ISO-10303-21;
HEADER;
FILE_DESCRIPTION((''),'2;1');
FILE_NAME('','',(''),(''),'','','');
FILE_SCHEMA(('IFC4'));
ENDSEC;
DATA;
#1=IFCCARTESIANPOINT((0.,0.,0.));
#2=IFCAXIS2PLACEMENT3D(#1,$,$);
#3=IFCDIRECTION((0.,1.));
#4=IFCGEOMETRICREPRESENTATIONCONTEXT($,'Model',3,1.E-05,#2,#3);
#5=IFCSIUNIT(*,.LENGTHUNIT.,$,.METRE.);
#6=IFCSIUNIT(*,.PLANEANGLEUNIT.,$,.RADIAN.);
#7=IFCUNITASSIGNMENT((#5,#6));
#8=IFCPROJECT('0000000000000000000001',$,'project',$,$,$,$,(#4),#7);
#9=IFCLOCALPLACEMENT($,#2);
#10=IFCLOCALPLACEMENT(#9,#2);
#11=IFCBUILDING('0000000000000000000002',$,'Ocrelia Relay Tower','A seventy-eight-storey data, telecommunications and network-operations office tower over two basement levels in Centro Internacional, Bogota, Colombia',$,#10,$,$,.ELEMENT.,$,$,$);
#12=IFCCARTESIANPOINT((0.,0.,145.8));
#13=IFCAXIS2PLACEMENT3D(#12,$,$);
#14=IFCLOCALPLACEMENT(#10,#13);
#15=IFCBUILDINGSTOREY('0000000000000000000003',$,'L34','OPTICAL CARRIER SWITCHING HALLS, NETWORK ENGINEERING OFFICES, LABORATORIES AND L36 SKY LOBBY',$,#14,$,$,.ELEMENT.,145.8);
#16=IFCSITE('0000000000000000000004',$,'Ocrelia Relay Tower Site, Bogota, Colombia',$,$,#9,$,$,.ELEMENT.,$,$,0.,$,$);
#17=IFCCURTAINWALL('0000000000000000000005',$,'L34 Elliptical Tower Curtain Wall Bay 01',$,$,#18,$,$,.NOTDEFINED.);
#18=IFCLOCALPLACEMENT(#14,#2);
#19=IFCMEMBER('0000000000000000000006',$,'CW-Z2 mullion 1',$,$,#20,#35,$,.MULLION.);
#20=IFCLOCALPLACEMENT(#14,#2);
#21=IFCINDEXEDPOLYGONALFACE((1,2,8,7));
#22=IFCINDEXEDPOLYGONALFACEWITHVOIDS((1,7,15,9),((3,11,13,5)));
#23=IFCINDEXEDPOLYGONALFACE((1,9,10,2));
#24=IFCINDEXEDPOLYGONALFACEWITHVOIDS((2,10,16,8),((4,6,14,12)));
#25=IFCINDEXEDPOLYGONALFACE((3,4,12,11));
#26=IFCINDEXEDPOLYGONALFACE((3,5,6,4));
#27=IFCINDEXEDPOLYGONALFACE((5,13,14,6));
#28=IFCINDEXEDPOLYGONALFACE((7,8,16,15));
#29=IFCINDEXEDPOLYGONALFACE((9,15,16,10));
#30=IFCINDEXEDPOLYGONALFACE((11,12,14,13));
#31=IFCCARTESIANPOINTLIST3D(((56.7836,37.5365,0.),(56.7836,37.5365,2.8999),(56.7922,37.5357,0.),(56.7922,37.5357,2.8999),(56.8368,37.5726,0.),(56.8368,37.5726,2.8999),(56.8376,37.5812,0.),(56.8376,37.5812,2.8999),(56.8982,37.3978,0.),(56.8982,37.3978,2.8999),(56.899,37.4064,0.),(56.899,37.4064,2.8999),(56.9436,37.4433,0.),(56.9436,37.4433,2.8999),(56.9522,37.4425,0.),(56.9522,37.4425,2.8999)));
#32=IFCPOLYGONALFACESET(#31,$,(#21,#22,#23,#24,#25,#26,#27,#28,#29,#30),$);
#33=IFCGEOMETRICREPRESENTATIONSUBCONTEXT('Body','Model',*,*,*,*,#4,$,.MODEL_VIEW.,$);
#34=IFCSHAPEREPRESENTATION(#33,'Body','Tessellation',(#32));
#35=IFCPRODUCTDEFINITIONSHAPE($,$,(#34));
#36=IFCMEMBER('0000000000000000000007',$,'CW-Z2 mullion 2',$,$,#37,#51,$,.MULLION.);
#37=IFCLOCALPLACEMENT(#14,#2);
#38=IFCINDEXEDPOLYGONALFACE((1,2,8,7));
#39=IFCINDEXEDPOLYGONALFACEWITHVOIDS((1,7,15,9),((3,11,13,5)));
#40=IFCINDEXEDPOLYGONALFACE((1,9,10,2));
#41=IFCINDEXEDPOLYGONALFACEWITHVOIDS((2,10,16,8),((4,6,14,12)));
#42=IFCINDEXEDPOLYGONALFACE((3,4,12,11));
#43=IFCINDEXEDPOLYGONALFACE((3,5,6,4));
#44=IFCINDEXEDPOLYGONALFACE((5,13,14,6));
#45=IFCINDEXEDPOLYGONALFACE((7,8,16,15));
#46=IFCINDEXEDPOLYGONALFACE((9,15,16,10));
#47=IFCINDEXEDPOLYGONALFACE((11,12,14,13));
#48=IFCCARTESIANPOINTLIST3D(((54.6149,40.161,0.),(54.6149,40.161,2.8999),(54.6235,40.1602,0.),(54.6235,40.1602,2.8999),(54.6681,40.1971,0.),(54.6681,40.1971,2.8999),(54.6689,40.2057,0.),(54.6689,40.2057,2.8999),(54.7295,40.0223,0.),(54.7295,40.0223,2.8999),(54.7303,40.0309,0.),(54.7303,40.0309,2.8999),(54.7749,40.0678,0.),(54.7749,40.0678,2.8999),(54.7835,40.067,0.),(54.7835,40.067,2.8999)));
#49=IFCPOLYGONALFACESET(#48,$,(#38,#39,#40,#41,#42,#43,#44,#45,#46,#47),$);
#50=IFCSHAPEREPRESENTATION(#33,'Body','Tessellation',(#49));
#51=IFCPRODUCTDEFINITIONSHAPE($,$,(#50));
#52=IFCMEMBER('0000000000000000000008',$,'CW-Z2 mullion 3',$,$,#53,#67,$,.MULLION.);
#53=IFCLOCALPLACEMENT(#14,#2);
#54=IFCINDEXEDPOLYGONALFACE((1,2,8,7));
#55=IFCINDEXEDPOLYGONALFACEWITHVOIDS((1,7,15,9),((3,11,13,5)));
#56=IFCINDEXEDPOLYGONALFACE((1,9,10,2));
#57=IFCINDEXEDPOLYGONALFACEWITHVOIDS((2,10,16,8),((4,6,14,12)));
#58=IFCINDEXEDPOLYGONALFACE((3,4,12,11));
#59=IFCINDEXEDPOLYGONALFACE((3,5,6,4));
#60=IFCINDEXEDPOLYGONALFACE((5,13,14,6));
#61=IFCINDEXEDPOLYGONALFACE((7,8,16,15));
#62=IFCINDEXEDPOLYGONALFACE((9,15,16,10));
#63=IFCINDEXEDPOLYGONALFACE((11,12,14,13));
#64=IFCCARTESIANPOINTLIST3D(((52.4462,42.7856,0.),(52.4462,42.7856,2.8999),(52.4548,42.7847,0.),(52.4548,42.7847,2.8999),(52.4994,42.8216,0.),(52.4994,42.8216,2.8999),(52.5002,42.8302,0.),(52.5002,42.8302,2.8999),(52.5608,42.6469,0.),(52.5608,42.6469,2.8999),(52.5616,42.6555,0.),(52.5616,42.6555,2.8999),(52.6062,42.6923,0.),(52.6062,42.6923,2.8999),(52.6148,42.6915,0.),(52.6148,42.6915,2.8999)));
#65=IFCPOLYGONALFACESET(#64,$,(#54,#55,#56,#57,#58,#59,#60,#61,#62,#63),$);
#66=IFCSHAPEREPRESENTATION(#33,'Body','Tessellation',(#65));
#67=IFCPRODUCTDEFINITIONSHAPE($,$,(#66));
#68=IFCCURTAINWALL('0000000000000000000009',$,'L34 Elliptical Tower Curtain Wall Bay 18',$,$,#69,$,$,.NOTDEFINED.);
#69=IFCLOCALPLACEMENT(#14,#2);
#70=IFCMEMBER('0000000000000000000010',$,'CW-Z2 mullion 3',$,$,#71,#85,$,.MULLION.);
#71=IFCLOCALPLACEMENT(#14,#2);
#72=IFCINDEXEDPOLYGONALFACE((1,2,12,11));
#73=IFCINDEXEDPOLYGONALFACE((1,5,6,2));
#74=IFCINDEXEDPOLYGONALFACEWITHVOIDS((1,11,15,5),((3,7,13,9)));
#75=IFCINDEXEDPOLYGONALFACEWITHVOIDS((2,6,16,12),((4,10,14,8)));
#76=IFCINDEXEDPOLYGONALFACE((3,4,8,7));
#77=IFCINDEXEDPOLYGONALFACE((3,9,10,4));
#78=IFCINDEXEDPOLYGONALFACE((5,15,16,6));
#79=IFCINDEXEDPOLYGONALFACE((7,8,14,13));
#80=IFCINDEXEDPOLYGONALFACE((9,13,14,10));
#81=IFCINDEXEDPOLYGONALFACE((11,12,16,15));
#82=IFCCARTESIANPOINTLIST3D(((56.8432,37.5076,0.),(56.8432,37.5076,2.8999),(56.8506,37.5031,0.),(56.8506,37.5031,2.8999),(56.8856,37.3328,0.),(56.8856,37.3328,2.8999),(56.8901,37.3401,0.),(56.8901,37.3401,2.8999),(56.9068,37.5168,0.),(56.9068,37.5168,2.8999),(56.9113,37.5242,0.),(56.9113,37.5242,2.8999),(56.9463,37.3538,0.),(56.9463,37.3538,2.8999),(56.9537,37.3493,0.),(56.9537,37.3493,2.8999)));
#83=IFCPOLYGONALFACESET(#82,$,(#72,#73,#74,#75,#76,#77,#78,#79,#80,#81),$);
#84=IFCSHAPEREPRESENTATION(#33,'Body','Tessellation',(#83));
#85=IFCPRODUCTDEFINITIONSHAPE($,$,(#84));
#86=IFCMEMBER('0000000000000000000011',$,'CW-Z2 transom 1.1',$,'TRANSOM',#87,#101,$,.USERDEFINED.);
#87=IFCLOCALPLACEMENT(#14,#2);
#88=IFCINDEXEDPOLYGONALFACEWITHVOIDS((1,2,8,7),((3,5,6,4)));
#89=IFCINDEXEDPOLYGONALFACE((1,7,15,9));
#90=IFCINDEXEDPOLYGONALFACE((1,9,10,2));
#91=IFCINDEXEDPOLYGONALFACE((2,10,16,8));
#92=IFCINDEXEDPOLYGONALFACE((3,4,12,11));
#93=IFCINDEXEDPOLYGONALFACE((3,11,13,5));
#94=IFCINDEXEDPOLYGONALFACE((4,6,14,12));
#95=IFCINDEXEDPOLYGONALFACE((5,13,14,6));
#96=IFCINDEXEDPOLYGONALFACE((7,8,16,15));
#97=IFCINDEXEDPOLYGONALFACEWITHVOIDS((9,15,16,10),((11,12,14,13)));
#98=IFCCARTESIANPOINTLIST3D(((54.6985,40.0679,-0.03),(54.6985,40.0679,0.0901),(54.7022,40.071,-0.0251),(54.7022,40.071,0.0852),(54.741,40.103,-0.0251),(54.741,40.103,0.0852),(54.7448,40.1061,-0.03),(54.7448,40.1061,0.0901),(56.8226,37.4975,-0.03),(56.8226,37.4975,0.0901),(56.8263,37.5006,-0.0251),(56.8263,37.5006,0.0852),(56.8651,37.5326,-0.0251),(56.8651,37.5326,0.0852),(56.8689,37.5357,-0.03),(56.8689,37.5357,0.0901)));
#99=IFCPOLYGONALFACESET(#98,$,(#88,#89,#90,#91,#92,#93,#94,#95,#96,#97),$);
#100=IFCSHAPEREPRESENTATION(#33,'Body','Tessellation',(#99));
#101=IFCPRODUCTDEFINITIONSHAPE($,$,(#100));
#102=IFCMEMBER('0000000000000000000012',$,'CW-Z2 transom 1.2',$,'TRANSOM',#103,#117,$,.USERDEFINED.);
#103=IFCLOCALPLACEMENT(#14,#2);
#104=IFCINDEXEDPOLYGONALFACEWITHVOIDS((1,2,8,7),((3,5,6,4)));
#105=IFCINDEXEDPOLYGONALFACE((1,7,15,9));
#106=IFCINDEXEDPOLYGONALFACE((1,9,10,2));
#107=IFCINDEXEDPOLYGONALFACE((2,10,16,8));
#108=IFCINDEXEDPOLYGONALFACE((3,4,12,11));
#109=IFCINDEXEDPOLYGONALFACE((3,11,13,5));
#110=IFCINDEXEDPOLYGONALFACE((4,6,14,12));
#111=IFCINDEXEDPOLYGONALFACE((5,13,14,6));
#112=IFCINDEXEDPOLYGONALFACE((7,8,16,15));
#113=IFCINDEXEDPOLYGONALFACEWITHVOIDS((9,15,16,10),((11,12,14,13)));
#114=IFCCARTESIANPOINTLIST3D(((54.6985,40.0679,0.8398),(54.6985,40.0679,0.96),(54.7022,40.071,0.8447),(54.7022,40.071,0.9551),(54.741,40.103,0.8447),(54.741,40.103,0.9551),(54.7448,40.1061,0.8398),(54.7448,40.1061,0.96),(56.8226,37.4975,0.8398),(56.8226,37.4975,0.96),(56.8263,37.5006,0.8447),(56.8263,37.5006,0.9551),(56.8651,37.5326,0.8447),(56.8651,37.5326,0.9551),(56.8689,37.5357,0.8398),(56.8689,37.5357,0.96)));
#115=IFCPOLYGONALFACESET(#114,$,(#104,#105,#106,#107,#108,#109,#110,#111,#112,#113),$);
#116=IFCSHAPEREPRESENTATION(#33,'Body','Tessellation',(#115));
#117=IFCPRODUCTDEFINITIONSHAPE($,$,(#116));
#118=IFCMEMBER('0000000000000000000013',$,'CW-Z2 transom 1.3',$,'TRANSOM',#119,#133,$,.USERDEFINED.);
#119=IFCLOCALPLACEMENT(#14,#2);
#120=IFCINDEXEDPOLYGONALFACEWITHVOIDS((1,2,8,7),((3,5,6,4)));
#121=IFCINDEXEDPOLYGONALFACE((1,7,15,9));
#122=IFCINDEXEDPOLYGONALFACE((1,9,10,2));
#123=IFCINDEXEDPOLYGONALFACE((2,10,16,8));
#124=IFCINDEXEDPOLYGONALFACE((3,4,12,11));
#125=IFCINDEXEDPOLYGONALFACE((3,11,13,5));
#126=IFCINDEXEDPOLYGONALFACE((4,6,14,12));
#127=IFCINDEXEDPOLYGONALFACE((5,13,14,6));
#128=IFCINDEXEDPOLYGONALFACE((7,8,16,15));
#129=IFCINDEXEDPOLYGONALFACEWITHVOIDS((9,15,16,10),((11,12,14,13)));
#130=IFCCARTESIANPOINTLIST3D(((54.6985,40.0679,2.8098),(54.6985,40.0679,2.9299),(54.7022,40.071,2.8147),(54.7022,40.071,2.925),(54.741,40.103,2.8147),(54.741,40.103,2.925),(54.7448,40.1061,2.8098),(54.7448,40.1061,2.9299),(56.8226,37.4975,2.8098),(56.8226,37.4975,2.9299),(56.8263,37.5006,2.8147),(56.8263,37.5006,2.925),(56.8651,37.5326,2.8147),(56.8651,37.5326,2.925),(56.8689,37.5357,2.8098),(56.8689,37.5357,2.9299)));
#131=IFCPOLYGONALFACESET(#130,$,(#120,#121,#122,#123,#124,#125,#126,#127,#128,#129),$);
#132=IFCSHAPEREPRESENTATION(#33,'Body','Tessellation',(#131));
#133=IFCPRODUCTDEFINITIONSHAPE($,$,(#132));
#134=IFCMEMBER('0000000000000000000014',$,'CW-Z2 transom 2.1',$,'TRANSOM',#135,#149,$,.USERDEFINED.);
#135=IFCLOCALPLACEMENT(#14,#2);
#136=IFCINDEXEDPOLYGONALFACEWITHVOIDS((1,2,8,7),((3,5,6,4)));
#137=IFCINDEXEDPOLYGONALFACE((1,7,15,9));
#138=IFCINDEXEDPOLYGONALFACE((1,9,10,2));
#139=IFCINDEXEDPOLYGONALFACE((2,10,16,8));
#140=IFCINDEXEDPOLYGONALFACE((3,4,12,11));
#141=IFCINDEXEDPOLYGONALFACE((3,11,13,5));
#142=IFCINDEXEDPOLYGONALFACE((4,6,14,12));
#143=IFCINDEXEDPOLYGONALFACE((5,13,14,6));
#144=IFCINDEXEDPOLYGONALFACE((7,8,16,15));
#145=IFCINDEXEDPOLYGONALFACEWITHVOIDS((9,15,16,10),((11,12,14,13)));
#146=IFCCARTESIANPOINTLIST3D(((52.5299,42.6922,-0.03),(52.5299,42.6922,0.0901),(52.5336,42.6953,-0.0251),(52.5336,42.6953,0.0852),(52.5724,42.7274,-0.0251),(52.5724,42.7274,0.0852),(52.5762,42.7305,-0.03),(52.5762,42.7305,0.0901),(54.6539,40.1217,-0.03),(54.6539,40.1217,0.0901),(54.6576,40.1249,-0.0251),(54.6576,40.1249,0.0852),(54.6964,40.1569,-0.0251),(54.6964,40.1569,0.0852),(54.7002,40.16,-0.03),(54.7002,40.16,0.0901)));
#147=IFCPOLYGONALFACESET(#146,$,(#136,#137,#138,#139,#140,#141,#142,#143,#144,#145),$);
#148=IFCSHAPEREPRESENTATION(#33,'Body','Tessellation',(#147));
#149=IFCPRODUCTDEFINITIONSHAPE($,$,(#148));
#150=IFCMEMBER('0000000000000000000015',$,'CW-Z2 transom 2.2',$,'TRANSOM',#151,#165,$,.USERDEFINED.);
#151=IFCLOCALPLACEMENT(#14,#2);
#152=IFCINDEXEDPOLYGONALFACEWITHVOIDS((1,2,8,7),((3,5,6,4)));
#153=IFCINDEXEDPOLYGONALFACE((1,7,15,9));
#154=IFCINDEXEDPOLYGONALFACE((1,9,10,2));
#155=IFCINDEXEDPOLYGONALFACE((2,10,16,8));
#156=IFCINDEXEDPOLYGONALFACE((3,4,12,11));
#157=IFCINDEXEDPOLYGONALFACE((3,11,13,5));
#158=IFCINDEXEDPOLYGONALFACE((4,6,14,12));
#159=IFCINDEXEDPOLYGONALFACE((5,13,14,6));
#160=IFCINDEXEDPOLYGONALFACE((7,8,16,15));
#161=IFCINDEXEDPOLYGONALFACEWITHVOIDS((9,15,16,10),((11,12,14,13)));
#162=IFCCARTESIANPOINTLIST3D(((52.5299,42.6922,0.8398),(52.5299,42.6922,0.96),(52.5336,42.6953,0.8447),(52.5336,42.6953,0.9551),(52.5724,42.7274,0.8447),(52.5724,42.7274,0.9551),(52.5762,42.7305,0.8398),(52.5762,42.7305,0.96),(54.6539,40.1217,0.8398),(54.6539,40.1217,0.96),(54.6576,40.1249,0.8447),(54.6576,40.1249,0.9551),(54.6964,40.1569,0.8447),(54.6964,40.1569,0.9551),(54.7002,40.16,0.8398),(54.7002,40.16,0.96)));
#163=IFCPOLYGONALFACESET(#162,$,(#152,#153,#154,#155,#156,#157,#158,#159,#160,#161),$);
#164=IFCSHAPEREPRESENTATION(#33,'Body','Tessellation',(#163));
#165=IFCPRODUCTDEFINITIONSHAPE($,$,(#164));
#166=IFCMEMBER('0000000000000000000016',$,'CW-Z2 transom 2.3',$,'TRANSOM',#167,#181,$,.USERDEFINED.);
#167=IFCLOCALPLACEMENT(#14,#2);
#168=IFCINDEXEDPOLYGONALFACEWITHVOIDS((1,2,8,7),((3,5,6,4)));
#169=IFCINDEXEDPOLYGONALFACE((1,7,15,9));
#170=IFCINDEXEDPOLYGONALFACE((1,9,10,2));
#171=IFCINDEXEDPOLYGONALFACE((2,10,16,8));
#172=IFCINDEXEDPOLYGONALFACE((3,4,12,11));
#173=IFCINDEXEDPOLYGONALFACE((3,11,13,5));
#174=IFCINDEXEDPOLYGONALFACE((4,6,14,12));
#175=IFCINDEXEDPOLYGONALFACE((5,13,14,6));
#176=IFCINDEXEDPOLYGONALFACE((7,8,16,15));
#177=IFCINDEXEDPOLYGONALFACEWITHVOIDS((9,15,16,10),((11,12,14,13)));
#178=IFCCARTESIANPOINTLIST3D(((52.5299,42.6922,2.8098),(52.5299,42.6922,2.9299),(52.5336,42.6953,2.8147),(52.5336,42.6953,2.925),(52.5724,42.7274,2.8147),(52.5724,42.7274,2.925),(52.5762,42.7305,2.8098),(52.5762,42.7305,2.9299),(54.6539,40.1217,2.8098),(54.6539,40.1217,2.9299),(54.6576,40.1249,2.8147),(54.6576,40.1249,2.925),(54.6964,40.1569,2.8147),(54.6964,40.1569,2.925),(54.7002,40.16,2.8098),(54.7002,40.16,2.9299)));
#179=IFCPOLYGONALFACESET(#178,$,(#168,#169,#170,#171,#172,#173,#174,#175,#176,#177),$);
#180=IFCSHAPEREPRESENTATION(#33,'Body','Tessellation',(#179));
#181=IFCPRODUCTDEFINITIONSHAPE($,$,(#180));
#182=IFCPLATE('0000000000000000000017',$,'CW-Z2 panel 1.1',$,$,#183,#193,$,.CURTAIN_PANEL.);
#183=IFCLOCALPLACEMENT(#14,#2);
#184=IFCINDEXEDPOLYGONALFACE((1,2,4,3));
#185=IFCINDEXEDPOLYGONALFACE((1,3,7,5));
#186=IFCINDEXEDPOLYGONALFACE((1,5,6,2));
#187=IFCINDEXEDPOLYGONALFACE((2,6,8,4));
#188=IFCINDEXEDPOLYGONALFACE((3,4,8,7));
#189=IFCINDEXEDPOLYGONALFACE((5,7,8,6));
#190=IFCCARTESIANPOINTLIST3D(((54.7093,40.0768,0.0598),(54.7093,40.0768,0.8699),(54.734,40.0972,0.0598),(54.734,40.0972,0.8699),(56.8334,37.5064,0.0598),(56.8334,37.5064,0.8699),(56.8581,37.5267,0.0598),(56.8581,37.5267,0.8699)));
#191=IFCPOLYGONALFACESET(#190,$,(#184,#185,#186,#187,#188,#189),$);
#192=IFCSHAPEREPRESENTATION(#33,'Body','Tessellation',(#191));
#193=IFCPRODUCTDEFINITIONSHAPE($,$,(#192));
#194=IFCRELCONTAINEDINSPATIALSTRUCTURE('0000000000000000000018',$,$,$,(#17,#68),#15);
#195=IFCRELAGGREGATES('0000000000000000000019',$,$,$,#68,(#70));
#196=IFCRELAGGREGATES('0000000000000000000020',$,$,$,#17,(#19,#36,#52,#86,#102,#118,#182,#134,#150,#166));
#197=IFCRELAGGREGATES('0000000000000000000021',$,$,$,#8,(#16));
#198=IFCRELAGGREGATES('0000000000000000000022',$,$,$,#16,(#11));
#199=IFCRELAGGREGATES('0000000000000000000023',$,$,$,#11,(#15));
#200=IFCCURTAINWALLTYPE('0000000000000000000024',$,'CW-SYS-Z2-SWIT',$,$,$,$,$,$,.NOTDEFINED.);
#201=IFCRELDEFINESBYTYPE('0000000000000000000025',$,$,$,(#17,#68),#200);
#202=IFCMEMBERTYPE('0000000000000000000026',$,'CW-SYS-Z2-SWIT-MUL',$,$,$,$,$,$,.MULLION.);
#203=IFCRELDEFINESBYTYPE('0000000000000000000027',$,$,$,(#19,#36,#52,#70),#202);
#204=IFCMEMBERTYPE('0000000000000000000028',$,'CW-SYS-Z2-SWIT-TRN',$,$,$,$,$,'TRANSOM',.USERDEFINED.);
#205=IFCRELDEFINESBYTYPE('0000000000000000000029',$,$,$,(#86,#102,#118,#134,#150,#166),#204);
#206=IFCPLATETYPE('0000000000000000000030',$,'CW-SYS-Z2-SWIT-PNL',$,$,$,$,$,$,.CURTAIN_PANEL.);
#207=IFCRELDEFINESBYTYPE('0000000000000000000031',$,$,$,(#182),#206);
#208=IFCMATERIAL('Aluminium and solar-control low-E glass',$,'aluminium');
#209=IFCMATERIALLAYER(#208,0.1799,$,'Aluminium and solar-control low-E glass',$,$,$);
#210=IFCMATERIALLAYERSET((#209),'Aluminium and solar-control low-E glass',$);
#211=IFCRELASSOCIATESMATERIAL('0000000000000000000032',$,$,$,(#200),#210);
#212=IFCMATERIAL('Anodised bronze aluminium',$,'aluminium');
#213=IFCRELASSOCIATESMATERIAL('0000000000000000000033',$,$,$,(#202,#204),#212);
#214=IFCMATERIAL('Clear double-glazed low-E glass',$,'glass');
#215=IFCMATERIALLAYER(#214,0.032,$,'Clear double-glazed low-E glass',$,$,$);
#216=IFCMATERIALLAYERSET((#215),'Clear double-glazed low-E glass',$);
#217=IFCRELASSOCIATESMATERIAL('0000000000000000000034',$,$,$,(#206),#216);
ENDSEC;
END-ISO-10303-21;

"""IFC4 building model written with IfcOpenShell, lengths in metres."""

from ifc_helpers import new_model, si_unit, direction, frame, origin, origin_2d, place, context, subcontext, project, spatial, rectangle, hollow_rectangle, extrude, material, layer, layer_set, material_profile, profile_set, type_object, element, aggregate, save


model = new_model("IFC4")

# Units and contexts
model_context = context("Model", 3, precision=1e-05, world=origin(), true_north=direction((0.0, 1.0)))
body_context = subcontext(model_context, "Body", "Model", "MODEL_VIEW")
ifc_project = project(units=[si_unit("LENGTHUNIT", "METRE"), si_unit("PLANEANGLEUNIT", "RADIAN")], contexts=[model_context])

# Site, building, storey
site_placement = place(None, origin())
site = spatial("IfcSite", under=ifc_project, at=site_placement, Name="Ocrelia Relay Tower Site, Bogota, Colombia", CompositionType="ELEMENT", RefElevation=0.0)
building_placement = place(site_placement, origin())
building = spatial("IfcBuilding", under=site, at=building_placement, Name="Ocrelia Relay Tower", Description="A seventy-eight-storey data, telecommunications and network-operations office tower over two basement levels in Centro Internacional, Bogota, Colombia", CompositionType="ELEMENT")
storey_placement = place(building_placement, frame((0.0, 0.0, 145.8)))
storey = spatial("IfcBuildingStorey", under=building, at=storey_placement, Name="L34", Description="OPTICAL CARRIER SWITCHING HALLS, NETWORK ENGINEERING OFFICES, LABORATORIES AND L36 SKY LOBBY", CompositionType="ELEMENT", Elevation=145.8)

# Curtain wall, members
ifc_material_1 = material(Name="Aluminium and solar-control low-E glass", Category="aluminium")
ifc_layer_1 = layer(ifc_material_1, 0.1799, Name="Aluminium and solar-control low-E glass")
ifc_layer_set_1 = layer_set([ifc_layer_1], Name="Aluminium and solar-control low-E glass")
curtain_wall_type = type_object("IfcCurtainWallType", Name="CW-SYS-Z2-SWIT", PredefinedType="NOTDEFINED", material=ifc_layer_set_1)
curtain_wall_1_placement = place(storey_placement, origin())
curtain_wall_1 = element("IfcCurtainWall", 1, at=curtain_wall_1_placement, inside=storey, type_object=curtain_wall_type, Name="L34 Elliptical Tower Curtain Wall Bay 01", PredefinedType="NOTDEFINED")
ifc_material_2 = material(Name="Anodised bronze aluminium", Category="aluminium")
ifc_material_profile_1 = material_profile(ifc_material_2, hollow_rectangle(XDim=0.0701, YDim=0.1799, WallThickness=0.0061, at=origin_2d()), Name="CW-MUL-180x70")
ifc_profile_set_1 = profile_set([ifc_material_profile_1], Name="Anodised bronze aluminium")
member_type_1 = type_object("IfcMemberType", Name="CW-SYS-Z2-SWIT-MUL", PredefinedType="MULLION", material=ifc_profile_set_1)
member_1_placement = place(storey_placement, frame((56.8679, 37.4895, 0.0), z_axis=(0.0, 0.0, 1.0), x_axis=(-0.77086, -0.637005, 0.0)))
member_1 = element("IfcMember", 2, at=member_1_placement, type_object=member_type_1, Name="CW-Z2 mullion 1", PredefinedType="MULLION", context=body_context, shape_type="SweptSolid", body=[
    extrude(hollow_rectangle(XDim=0.0701, YDim=0.1799, WallThickness=0.0061, at=origin_2d()), origin(), (0.0, 0.0, 1.0), 2.8999),
])
member_2_placement = place(storey_placement, frame((54.6992, 40.114, 0.0), z_axis=(0.0, 0.0, 1.0), x_axis=(-0.77086, -0.637005, 0.0)))
member_2 = element("IfcMember", 3, at=member_2_placement, type_object=member_type_1, Name="CW-Z2 mullion 2", PredefinedType="MULLION", context=body_context, shape_type="SweptSolid", body=[
    extrude(hollow_rectangle(XDim=0.0701, YDim=0.1799, WallThickness=0.0061, at=origin_2d()), origin(), (0.0, 0.0, 1.0), 2.8999),
])
member_3_placement = place(storey_placement, frame((52.5305, 42.7385, 0.0), z_axis=(0.0, 0.0, 1.0), x_axis=(-0.77086, -0.637005, 0.0)))
member_3 = element("IfcMember", 4, at=member_3_placement, type_object=member_type_1, Name="CW-Z2 mullion 3", PredefinedType="MULLION", context=body_context, shape_type="SweptSolid", body=[
    extrude(hollow_rectangle(XDim=0.0701, YDim=0.1799, WallThickness=0.0061, at=origin_2d()), origin(), (0.0, 0.0, 1.0), 2.8999),
])

# Curtain wall, member
curtain_wall_2_placement = place(storey_placement, origin())
curtain_wall_2 = element("IfcCurtainWall", 5, at=curtain_wall_2_placement, inside=storey, type_object=curtain_wall_type, Name="L34 Elliptical Tower Curtain Wall Bay 18", PredefinedType="NOTDEFINED")
member_4_placement = place(storey_placement, frame((56.8984, 37.4285, 0.0), z_axis=(0.0, 0.0, 1.0), x_axis=(-0.971833, -0.235672, 0.0)))
member_4 = element("IfcMember", 6, at=member_4_placement, type_object=member_type_1, Name="CW-Z2 mullion 3", PredefinedType="MULLION", context=body_context, shape_type="SweptSolid", body=[
    extrude(hollow_rectangle(XDim=0.0701, YDim=0.1799, WallThickness=0.0061, at=origin_2d()), origin(), (0.0, 0.0, 1.0), 2.8999),
])
aggregate(curtain_wall_2, [member_4])

# Members
ifc_material_profile_2 = material_profile(ifc_material_2, hollow_rectangle(XDim=0.0601, YDim=0.1201, WallThickness=0.0049, at=origin_2d()), Name="CW-TRN-120x60")
ifc_profile_set_2 = profile_set([ifc_material_profile_2], Name="Anodised bronze aluminium")
member_type_2 = type_object("IfcMemberType", Name="CW-SYS-Z2-SWIT-TRN", ElementType="TRANSOM", PredefinedType="USERDEFINED", material=ifc_profile_set_2)
member_5_placement = place(storey_placement, frame((56.8457, 37.5166, 0.03), z_axis=(-0.63701, 0.770855, 0.0), x_axis=(-0.770855, -0.63701, 0.0)))
member_5 = element("IfcMember", 7, at=member_5_placement, type_object=member_type_2, Name="CW-Z2 transom 1.1", ObjectType="TRANSOM", PredefinedType="USERDEFINED", context=body_context, shape_type="SweptSolid", body=[
    extrude(hollow_rectangle(XDim=0.0601, YDim=0.1201, WallThickness=0.0049, at=origin_2d()), origin(), (0.0, 0.0, 1.0), 3.3345),
])
member_6_placement = place(storey_placement, frame((56.8457, 37.5166, 0.8999), z_axis=(-0.63701, 0.770855, 0.0), x_axis=(-0.770855, -0.63701, 0.0)))
member_6 = element("IfcMember", 8, at=member_6_placement, type_object=member_type_2, Name="CW-Z2 transom 1.2", ObjectType="TRANSOM", PredefinedType="USERDEFINED", context=body_context, shape_type="SweptSolid", body=[
    extrude(hollow_rectangle(XDim=0.0601, YDim=0.1201, WallThickness=0.0049, at=origin_2d()), origin(), (0.0, 0.0, 1.0), 3.3345),
])
member_7_placement = place(storey_placement, frame((56.8457, 37.5166, 2.8699), z_axis=(-0.63701, 0.770855, 0.0), x_axis=(-0.770855, -0.63701, 0.0)))
member_7 = element("IfcMember", 9, at=member_7_placement, type_object=member_type_2, Name="CW-Z2 transom 1.3", ObjectType="TRANSOM", PredefinedType="USERDEFINED", context=body_context, shape_type="SweptSolid", body=[
    extrude(hollow_rectangle(XDim=0.0601, YDim=0.1201, WallThickness=0.0049, at=origin_2d()), origin(), (0.0, 0.0, 1.0), 3.3345),
])
member_8_placement = place(storey_placement, frame((54.677, 40.1409, 0.03), z_axis=(-0.636974, 0.770885, 0.0), x_axis=(-0.770885, -0.636974, 0.0)))
member_8 = element("IfcMember", 10, at=member_8_placement, type_object=member_type_2, Name="CW-Z2 transom 2.1", ObjectType="TRANSOM", PredefinedType="USERDEFINED", context=body_context, shape_type="SweptSolid", body=[
    extrude(hollow_rectangle(XDim=0.0601, YDim=0.1201, WallThickness=0.0049, at=origin_2d()), origin(), (0.0, 0.0, 1.0), 3.3345),
])
member_9_placement = place(storey_placement, frame((54.677, 40.1409, 0.8999), z_axis=(-0.636974, 0.770885, 0.0), x_axis=(-0.770885, -0.636974, 0.0)))
member_9 = element("IfcMember", 11, at=member_9_placement, type_object=member_type_2, Name="CW-Z2 transom 2.2", ObjectType="TRANSOM", PredefinedType="USERDEFINED", context=body_context, shape_type="SweptSolid", body=[
    extrude(hollow_rectangle(XDim=0.0601, YDim=0.1201, WallThickness=0.0049, at=origin_2d()), origin(), (0.0, 0.0, 1.0), 3.3345),
])
member_10_placement = place(storey_placement, frame((54.677, 40.1409, 2.8699), z_axis=(-0.636974, 0.770885, 0.0), x_axis=(-0.770885, -0.636974, 0.0)))
member_10 = element("IfcMember", 12, at=member_10_placement, type_object=member_type_2, Name="CW-Z2 transom 2.3", ObjectType="TRANSOM", PredefinedType="USERDEFINED", context=body_context, shape_type="SweptSolid", body=[
    extrude(hollow_rectangle(XDim=0.0601, YDim=0.1201, WallThickness=0.0049, at=origin_2d()), origin(), (0.0, 0.0, 1.0), 3.3345),
])

# Plate
ifc_material_3 = material(Name="Clear double-glazed low-E glass", Category="glass")
ifc_layer_2 = layer(ifc_material_3, 0.032, Name="Clear double-glazed low-E glass")
ifc_layer_set_2 = layer_set([ifc_layer_2], Name="Clear double-glazed low-E glass")
plate_type = type_object("IfcPlateType", Name="CW-SYS-Z2-SWIT-PNL", PredefinedType="CURTAIN_PANEL", material=ifc_layer_set_2)
plate_1_placement = place(storey_placement, frame((55.7837, 38.8018, 0.0598), z_axis=(0.0, 0.0, 1.0), x_axis=(-0.637005, 0.77086, 0.0)))
plate_1 = element("IfcPlate", 13, at=plate_1_placement, type_object=plate_type, Name="CW-Z2 panel 1.1", PredefinedType="CURTAIN_PANEL", context=body_context, shape_type="SweptSolid", body=[
    extrude(rectangle(XDim=3.3345, YDim=0.032, at=origin_2d()), origin(), (0.0, 0.0, 1.0), 0.8101),
])
aggregate(curtain_wall_1, [member_1, member_2, member_3, member_5, member_6, member_7, plate_1, member_8, member_9, member_10])

save(model, "model.ifc")
